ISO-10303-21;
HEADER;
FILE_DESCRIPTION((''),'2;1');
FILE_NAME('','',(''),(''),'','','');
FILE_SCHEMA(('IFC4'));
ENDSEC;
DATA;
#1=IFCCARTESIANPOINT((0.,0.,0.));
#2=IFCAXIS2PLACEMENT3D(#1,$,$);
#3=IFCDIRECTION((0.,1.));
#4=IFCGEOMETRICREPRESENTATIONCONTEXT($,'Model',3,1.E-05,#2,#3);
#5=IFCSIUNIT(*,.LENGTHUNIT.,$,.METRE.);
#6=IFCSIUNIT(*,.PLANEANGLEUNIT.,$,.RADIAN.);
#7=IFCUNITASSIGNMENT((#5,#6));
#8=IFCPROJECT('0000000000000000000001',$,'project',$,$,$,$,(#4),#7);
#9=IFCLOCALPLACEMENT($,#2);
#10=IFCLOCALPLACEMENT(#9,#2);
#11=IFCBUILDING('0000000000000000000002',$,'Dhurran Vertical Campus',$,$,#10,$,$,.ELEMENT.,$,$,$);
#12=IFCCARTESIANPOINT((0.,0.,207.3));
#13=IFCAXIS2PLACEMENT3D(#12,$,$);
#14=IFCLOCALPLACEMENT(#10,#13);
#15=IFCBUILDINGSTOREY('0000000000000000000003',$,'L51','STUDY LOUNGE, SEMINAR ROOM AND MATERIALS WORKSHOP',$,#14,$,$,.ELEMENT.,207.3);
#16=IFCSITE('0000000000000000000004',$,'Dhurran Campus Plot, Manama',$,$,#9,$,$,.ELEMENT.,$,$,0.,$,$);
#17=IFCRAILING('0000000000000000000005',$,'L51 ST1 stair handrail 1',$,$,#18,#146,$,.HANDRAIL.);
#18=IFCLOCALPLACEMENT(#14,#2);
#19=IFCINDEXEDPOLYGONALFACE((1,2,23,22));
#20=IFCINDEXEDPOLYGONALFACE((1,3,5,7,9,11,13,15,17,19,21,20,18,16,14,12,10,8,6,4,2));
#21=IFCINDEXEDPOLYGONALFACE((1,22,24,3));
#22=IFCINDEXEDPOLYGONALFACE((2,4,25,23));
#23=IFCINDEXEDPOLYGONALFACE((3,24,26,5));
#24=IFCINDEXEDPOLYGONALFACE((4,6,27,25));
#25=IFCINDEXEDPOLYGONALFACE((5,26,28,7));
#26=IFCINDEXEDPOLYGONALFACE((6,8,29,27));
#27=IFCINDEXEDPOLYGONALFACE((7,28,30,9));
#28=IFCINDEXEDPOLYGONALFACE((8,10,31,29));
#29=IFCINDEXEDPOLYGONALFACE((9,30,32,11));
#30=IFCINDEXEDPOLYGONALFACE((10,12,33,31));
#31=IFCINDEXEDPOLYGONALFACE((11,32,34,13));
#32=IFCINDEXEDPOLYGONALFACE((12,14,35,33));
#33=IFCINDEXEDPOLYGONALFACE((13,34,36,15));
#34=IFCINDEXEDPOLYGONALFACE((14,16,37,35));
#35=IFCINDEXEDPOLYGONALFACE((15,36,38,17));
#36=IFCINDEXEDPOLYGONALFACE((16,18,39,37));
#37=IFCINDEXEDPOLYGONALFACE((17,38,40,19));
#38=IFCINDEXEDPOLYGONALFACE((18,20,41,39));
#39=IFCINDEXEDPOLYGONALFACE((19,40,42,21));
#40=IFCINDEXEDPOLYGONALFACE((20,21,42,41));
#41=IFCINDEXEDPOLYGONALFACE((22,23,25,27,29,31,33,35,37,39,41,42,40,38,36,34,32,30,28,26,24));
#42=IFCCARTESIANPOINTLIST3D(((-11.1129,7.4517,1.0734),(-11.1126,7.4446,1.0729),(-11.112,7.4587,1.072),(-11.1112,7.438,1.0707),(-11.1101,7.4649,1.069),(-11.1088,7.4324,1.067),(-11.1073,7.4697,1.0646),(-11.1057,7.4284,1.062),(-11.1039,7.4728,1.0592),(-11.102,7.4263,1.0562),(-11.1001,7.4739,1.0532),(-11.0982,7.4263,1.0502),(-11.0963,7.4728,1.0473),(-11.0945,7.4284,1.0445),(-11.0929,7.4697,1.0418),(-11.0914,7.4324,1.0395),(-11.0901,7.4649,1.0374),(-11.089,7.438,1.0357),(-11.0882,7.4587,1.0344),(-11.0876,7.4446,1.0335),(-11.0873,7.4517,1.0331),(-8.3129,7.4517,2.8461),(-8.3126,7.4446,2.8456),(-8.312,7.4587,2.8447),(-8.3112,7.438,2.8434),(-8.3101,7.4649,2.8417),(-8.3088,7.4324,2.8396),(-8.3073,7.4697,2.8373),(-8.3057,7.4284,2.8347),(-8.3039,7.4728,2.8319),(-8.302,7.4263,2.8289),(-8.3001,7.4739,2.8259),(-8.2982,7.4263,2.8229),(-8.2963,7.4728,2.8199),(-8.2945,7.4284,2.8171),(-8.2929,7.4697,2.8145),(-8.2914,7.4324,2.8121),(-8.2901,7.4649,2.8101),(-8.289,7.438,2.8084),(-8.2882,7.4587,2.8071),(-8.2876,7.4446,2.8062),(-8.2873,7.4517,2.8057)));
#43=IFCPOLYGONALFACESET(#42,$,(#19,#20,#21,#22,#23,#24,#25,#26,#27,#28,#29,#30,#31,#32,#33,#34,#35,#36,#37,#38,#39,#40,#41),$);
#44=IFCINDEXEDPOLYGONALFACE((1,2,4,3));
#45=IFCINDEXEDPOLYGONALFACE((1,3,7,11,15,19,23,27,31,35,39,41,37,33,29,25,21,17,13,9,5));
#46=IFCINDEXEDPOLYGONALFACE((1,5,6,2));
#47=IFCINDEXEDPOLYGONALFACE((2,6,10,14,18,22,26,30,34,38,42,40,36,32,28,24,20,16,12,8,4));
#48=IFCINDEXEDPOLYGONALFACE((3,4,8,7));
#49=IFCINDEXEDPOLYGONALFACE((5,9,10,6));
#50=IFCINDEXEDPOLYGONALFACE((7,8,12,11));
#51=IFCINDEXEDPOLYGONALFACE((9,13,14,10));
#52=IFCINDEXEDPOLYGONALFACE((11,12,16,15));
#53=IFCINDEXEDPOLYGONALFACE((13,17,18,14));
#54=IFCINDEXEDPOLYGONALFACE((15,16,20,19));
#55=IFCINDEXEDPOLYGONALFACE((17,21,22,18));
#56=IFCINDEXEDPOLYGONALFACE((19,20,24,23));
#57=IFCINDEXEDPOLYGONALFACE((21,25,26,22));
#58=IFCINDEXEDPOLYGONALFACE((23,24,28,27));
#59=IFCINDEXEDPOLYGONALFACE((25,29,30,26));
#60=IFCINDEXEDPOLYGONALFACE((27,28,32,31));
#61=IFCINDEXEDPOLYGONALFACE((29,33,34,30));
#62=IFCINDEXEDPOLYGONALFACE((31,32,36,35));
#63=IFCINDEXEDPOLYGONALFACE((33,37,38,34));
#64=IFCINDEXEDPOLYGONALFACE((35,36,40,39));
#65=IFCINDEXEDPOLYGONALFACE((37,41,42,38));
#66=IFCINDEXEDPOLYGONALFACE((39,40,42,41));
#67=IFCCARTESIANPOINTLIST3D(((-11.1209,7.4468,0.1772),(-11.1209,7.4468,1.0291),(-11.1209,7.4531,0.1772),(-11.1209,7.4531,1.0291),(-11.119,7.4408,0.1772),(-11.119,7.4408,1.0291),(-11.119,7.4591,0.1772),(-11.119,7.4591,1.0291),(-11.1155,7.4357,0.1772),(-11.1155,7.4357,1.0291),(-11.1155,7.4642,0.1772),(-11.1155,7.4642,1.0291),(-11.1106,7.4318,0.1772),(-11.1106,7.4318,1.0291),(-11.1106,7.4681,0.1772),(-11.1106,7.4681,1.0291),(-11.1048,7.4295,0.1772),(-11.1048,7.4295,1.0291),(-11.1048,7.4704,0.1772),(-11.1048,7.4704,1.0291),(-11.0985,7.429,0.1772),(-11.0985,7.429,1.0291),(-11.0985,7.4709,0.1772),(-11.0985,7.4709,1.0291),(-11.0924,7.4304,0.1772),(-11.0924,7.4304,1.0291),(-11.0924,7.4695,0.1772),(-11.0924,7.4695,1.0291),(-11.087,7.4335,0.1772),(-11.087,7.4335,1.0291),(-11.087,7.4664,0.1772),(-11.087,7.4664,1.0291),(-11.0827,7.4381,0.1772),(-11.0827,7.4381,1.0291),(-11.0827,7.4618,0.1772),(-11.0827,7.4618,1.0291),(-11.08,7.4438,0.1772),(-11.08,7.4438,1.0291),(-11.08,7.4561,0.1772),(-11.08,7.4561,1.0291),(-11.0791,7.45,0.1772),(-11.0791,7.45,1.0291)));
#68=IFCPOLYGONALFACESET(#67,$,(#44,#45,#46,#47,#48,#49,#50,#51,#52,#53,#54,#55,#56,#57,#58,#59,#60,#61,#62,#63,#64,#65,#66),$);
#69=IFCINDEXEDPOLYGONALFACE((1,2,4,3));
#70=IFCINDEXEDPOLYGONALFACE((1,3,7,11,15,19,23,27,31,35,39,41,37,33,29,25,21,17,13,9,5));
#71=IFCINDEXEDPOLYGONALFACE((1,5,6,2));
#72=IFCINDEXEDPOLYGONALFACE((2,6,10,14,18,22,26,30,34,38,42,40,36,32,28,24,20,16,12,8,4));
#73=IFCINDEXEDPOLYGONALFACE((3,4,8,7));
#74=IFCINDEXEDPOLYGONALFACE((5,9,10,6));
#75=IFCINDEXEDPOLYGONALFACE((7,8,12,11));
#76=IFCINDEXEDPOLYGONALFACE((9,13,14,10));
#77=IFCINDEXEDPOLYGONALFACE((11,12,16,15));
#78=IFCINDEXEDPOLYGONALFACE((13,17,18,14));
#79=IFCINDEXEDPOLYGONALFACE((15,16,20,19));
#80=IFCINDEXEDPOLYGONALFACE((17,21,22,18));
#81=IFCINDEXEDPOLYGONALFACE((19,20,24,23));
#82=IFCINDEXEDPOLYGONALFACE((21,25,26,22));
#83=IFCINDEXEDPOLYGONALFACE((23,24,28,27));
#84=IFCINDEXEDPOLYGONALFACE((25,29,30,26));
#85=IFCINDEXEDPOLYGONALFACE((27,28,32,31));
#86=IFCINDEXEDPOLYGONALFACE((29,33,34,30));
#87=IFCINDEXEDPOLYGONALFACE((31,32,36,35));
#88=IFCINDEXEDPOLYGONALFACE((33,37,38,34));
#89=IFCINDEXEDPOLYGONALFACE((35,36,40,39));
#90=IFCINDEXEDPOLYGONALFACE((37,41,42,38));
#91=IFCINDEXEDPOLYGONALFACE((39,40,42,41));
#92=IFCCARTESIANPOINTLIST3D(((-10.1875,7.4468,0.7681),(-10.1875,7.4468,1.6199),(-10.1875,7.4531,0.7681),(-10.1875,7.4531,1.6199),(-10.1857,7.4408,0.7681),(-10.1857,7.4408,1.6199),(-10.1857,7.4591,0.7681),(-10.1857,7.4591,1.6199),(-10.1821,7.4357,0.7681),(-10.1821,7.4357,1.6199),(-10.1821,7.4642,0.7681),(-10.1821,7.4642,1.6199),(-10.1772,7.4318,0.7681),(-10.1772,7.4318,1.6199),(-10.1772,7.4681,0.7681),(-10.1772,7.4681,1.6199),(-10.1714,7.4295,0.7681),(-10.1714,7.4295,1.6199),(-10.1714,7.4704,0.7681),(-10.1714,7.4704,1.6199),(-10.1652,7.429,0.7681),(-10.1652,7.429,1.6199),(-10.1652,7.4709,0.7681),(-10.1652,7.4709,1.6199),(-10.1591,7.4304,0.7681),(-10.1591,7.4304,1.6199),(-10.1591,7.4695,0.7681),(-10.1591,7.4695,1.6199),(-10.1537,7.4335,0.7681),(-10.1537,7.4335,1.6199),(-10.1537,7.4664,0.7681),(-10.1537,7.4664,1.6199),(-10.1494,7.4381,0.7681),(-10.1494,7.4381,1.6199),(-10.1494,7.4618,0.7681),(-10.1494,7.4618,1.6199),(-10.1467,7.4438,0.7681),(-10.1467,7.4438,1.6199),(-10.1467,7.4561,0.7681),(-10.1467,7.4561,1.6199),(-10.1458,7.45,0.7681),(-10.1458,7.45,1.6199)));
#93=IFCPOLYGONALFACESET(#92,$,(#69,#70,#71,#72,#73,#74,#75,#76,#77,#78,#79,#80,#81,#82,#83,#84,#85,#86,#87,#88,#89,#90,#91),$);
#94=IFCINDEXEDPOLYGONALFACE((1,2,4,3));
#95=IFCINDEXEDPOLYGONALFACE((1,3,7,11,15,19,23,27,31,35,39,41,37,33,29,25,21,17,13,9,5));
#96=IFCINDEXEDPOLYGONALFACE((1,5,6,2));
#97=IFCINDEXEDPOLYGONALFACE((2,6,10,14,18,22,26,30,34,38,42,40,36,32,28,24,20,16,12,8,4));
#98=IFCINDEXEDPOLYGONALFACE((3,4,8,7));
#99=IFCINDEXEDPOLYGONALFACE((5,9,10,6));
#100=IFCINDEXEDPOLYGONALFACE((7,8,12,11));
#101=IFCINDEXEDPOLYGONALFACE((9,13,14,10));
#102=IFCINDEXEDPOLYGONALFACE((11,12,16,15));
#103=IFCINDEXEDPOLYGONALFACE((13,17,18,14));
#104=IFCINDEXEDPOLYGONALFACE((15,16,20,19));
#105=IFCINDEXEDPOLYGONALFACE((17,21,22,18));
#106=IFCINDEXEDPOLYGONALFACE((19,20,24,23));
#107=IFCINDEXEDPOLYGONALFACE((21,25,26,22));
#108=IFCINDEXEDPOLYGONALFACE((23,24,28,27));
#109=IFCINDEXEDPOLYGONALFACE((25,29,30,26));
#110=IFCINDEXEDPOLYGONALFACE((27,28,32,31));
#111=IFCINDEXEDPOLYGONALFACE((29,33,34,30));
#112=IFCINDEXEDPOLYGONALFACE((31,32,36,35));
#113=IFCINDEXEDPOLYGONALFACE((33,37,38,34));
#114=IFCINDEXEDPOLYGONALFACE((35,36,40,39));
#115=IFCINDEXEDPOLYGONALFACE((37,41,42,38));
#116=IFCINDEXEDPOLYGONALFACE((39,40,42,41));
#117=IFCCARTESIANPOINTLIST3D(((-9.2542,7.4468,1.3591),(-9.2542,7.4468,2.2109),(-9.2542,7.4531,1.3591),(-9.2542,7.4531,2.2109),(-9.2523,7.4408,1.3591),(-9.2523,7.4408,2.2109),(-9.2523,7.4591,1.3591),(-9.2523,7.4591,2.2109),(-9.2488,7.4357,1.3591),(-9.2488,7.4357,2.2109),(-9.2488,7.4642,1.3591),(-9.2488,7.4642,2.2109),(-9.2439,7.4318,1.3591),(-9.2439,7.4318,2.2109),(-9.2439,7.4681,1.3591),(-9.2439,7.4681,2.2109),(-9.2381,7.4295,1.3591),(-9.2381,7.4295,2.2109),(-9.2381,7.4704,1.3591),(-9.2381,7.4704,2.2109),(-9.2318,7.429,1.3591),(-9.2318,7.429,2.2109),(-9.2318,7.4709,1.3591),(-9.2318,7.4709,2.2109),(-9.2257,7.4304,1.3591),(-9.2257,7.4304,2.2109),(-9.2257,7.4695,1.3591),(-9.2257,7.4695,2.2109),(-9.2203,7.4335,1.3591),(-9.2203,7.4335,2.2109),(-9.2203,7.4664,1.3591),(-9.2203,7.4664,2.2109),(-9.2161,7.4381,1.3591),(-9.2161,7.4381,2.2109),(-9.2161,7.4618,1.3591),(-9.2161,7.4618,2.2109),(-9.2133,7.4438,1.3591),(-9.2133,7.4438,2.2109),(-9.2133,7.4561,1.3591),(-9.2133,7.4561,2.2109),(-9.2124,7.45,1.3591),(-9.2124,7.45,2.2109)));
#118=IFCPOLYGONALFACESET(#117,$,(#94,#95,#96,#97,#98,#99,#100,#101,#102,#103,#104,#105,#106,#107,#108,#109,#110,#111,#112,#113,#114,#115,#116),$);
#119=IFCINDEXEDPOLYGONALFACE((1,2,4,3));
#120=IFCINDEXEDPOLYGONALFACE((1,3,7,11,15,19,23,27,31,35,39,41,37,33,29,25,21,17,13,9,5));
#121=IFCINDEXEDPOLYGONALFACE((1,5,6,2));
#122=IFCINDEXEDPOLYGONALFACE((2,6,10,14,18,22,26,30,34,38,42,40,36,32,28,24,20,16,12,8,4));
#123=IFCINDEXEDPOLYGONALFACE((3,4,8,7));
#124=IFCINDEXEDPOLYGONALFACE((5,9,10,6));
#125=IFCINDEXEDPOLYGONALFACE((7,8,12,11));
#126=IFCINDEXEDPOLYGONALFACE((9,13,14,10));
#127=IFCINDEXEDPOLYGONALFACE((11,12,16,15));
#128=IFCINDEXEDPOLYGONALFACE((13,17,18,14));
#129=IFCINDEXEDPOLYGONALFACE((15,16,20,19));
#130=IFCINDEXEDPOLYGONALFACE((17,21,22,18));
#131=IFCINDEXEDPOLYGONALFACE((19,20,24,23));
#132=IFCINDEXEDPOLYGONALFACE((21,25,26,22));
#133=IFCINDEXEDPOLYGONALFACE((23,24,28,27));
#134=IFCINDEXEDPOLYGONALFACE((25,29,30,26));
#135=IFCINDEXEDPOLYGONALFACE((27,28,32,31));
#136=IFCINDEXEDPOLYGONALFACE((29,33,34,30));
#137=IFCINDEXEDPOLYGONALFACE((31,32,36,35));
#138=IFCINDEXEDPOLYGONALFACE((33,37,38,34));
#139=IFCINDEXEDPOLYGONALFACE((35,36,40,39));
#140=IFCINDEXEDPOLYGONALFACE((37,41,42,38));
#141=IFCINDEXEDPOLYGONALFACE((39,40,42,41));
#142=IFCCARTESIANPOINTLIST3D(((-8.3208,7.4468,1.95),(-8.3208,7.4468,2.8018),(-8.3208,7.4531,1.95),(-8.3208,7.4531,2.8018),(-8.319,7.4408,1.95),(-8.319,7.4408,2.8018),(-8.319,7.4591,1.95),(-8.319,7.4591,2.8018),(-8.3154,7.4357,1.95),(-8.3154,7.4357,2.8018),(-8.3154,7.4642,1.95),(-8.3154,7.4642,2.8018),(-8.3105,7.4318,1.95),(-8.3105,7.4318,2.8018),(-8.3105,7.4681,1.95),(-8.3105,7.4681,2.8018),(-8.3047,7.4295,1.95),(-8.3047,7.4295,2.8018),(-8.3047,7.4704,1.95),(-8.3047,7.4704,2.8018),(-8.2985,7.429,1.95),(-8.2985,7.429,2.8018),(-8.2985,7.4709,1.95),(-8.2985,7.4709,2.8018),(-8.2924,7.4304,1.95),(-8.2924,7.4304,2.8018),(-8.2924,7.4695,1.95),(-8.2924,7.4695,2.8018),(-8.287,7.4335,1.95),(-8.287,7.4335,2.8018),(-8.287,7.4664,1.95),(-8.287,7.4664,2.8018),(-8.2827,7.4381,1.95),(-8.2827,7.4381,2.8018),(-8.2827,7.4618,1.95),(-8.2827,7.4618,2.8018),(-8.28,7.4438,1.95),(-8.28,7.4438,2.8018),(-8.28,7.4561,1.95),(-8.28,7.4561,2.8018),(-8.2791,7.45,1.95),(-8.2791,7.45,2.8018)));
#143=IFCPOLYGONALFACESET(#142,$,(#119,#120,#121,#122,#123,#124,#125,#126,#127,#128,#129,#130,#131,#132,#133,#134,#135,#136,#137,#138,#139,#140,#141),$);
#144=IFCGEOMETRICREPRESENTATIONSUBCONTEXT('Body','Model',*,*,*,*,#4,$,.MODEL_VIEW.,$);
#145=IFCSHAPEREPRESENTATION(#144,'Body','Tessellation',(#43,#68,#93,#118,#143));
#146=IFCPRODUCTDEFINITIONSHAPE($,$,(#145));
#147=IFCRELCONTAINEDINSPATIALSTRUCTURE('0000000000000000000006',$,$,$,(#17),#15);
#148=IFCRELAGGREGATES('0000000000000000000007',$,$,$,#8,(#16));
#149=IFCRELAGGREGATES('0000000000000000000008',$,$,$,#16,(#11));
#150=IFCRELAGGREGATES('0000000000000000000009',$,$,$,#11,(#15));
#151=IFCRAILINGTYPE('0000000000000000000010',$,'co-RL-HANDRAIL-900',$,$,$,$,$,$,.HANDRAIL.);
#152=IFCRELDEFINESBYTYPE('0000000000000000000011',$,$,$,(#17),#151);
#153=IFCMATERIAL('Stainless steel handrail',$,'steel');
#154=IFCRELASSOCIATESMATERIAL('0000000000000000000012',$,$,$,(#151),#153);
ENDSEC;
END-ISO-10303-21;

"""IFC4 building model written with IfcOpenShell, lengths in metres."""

from ifc_helpers import new_model, si_unit, direction, frame, origin, origin_2d, place, context, subcontext, project, spatial, circle, extrude, material, type_object, element, save


model = new_model("IFC4")

# Units and contexts
model_context = context("Model", 3, precision=1e-05, world=origin(), true_north=direction((0.0, 1.0)))
body_context = subcontext(model_context, "Body", "Model", "MODEL_VIEW")
ifc_project = project(units=[si_unit("LENGTHUNIT", "METRE"), si_unit("PLANEANGLEUNIT", "RADIAN")], contexts=[model_context])

# Site, building, storey
site_placement = place(None, origin())
site = spatial("IfcSite", under=ifc_project, at=site_placement, Name="Dhurran Campus Plot, Manama", CompositionType="ELEMENT", RefElevation=0.0)
building_placement = place(site_placement, origin())
building = spatial("IfcBuilding", under=site, at=building_placement, Name="Dhurran Vertical Campus", CompositionType="ELEMENT")
storey_placement = place(building_placement, frame((0.0, 0.0, 207.3)))
storey = spatial("IfcBuildingStorey", under=building, at=storey_placement, Name="L51", Description="STUDY LOUNGE, SEMINAR ROOM AND MATERIALS WORKSHOP", CompositionType="ELEMENT", Elevation=207.3)

# Railing
ifc_material_1 = material(Name="Stainless steel handrail", Category="steel")
railing_type_1 = type_object("IfcRailingType", Name="co-RL-HANDRAIL-900", PredefinedType="HANDRAIL", material=ifc_material_1)
railing_1_placement = place(storey_placement, frame((-11.1001, 7.45, 0.1772)))
element("IfcRailing", 1, at=railing_1_placement, inside=storey, type_object=railing_type_1, Name="L51 ST1 stair handrail 1", PredefinedType="HANDRAIL", context=body_context, shape_type="SweptSolid", body=[
    extrude(circle(Radius=0.0239, at=origin_2d()), frame((0.0, 0.0, 0.876), z_axis=(0.844909, 0.0, 0.53491), x_axis=(0.0, 1.0, 0.0)), (0.0, 0.0, 1.0), 3.314),
    extrude(circle(Radius=0.021, at=origin_2d()), origin(), (0.0, 0.0, 1.0), 0.8518),
    extrude(circle(Radius=0.021, at=origin_2d()), frame((0.9333, 0.0, 0.5908)), (0.0, 0.0, 1.0), 0.8518),
    extrude(circle(Radius=0.021, at=origin_2d()), frame((1.8667, 0.0, 1.1819)), (0.0, 0.0, 1.0), 0.8518),
    extrude(circle(Radius=0.021, at=origin_2d()), frame((2.8, 0.0, 1.7727)), (0.0, 0.0, 1.0), 0.8518),
])

save(model, "model.ifc")
